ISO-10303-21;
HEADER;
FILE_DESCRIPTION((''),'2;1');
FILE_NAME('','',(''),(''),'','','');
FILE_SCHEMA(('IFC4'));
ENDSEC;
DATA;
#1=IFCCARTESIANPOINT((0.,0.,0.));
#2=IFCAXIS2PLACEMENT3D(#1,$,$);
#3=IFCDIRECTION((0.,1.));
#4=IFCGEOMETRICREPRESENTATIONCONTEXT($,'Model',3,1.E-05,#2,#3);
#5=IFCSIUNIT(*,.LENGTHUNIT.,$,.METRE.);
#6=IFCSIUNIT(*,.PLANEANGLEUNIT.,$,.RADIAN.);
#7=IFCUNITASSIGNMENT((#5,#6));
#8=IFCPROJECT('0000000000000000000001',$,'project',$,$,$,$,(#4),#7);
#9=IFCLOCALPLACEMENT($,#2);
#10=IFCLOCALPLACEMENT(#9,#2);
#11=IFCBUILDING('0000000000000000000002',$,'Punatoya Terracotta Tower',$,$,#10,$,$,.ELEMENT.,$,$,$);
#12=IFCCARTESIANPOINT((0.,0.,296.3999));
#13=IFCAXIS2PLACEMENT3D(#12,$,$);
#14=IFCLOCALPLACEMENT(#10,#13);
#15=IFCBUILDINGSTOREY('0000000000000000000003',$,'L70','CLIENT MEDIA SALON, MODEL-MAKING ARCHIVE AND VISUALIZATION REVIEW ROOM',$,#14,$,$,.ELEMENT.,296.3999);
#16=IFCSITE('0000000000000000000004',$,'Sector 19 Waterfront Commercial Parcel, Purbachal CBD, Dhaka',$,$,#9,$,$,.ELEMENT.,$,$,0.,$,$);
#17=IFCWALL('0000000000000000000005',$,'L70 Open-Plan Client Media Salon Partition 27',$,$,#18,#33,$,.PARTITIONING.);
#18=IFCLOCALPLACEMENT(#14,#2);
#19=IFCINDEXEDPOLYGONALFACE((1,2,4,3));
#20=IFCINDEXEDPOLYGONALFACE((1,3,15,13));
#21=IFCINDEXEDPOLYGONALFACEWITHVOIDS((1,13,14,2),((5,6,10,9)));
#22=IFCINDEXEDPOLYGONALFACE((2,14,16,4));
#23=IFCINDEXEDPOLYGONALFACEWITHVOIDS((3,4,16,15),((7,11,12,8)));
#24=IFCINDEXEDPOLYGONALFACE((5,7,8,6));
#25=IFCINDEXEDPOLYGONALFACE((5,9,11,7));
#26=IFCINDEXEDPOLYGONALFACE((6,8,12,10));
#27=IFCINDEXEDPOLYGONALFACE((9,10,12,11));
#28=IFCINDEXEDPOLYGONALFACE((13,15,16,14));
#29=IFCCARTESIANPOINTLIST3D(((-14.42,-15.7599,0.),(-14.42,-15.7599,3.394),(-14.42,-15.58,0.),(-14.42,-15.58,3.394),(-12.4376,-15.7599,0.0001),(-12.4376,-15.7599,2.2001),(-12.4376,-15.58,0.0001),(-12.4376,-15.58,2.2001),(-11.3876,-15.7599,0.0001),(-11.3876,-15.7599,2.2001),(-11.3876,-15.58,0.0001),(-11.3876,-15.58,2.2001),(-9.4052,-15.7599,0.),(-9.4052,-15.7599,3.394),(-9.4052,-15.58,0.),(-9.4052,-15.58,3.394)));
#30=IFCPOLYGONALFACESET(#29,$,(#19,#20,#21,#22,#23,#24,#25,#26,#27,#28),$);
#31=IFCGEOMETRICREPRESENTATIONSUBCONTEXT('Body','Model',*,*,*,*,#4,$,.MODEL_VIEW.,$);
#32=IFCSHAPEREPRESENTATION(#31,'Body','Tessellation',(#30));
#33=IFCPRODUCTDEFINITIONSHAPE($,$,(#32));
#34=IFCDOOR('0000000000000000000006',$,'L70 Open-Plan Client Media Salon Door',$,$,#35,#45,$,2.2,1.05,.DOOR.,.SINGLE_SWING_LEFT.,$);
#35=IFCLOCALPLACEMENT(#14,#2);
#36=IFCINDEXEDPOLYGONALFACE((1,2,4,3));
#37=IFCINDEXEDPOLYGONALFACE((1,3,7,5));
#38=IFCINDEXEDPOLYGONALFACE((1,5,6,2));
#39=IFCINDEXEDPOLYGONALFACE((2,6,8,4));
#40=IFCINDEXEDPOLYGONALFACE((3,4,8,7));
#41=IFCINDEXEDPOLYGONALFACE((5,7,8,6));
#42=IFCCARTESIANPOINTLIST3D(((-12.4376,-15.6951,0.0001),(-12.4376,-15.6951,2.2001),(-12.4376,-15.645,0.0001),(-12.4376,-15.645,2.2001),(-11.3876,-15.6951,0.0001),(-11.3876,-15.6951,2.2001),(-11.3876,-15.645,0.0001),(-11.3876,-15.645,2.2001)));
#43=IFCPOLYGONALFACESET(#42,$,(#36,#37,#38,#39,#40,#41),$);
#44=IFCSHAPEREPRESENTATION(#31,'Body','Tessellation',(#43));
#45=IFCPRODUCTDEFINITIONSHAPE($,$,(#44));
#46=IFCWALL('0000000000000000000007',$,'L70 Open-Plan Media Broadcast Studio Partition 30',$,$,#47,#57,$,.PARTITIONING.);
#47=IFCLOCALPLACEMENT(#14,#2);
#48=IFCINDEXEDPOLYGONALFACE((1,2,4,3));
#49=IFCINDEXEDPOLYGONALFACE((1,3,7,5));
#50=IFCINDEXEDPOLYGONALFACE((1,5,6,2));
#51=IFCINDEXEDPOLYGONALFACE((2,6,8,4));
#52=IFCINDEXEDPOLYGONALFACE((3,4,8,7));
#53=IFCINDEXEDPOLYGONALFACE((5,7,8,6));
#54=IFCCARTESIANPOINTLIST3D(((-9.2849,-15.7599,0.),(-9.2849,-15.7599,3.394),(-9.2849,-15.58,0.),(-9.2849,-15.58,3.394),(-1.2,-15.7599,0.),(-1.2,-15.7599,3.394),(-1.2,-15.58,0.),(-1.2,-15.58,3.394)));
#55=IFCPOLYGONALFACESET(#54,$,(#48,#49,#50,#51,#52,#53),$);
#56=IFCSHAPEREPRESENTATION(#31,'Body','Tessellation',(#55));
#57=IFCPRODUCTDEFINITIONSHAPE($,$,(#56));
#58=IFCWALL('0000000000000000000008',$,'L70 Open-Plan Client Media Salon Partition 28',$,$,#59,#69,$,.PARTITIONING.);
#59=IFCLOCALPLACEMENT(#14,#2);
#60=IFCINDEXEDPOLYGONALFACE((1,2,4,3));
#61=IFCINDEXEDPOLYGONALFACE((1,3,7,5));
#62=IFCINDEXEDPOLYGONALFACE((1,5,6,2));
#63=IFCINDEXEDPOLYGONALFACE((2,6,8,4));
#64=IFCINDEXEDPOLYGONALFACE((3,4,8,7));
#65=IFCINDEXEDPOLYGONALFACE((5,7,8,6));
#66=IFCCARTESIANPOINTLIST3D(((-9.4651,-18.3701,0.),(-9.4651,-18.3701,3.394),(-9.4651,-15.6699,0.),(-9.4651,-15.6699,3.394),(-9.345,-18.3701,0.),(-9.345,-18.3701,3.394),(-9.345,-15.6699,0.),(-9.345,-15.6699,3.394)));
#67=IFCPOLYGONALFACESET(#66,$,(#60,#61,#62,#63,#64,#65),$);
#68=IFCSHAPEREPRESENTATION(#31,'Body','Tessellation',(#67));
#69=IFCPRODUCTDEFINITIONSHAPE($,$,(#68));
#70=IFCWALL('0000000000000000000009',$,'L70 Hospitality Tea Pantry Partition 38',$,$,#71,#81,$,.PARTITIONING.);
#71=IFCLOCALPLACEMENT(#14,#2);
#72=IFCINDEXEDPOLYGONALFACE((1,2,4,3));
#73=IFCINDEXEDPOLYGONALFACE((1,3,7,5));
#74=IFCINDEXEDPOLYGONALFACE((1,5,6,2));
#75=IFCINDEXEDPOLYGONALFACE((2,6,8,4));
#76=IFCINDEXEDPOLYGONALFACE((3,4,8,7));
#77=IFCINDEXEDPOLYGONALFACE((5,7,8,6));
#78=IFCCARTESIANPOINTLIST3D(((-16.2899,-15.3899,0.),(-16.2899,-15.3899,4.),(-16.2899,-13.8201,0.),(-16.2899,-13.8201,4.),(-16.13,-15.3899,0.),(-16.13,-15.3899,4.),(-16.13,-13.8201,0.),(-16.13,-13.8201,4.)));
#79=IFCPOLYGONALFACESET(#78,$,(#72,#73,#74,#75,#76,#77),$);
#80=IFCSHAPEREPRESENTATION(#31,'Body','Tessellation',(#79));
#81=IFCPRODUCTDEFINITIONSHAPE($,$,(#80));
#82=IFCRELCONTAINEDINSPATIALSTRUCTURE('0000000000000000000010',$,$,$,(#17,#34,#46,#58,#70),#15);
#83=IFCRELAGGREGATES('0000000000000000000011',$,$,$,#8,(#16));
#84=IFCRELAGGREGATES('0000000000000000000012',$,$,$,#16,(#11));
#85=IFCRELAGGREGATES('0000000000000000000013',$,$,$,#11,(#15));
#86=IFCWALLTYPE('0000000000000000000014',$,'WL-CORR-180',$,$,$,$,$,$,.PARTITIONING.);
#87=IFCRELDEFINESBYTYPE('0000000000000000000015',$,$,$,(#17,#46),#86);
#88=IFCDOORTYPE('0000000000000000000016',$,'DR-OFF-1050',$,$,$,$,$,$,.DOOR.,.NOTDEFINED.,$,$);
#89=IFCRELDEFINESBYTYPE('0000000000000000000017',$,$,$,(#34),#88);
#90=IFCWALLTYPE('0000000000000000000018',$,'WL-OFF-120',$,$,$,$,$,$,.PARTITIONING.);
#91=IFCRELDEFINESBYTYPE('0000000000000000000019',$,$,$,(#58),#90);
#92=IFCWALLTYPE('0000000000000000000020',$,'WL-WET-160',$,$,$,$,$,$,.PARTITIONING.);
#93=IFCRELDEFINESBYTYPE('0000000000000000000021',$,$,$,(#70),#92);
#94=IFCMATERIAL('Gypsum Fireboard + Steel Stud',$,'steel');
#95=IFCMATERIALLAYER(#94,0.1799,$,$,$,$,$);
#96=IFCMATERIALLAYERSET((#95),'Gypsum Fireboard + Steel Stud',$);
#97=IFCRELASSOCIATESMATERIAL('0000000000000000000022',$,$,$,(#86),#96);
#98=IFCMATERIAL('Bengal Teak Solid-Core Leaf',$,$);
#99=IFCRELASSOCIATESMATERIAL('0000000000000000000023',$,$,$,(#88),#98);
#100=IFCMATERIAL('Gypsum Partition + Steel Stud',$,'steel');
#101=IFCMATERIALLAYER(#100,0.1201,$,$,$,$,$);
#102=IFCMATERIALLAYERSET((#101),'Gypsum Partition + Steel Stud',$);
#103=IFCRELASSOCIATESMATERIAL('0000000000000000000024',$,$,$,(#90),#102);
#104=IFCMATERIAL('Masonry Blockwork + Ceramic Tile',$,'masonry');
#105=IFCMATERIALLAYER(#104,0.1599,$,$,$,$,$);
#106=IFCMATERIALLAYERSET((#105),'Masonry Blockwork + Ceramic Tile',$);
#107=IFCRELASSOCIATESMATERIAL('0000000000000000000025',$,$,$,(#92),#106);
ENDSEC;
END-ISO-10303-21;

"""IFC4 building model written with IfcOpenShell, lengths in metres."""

from ifc_helpers import new_model, si_unit, direction, frame, frame_2d, origin, place, context, subcontext, project, spatial, rectangle, extrude, material, layer, layer_set, type_object, element, fill, save


model = new_model("IFC4")

# Units and contexts
model_context = context("Model", 3, precision=1e-05, world=origin(), true_north=direction((0.0, 1.0)))
body_context = subcontext(model_context, "Body", "Model", "MODEL_VIEW")
ifc_project = project(units=[si_unit("LENGTHUNIT", "METRE"), si_unit("PLANEANGLEUNIT", "RADIAN")], contexts=[model_context])

# Site, building, storey
site_placement = place(None, origin())
site = spatial("IfcSite", under=ifc_project, at=site_placement, Name="Sector 19 Waterfront Commercial Parcel, Purbachal CBD, Dhaka", CompositionType="ELEMENT", RefElevation=0.0)
building_placement = place(site_placement, origin())
building = spatial("IfcBuilding", under=site, at=building_placement, Name="Punatoya Terracotta Tower", CompositionType="ELEMENT")
storey_placement = place(building_placement, frame((0.0, 0.0, 296.3999)))
storey = spatial("IfcBuildingStorey", under=building, at=storey_placement, Name="L70", Description="CLIENT MEDIA SALON, MODEL-MAKING ARCHIVE AND VISUALIZATION REVIEW ROOM", CompositionType="ELEMENT", Elevation=296.3999)

# Wall, opening, door
ifc_material_1 = material(Name="Gypsum Fireboard + Steel Stud", Category="steel")
ifc_layer_1 = layer(ifc_material_1, 0.1799)
ifc_layer_set_1 = layer_set([ifc_layer_1], Name="Gypsum Fireboard + Steel Stud")
wall_type_1 = type_object("IfcWallType", Name="WL-CORR-180", PredefinedType="PARTITIONING", material=ifc_layer_set_1)
wall_1_placement = place(storey_placement, frame((-14.4199, -15.6699, 0.0), z_axis=(0.0, 0.0, 1.0), x_axis=(1.0, 0.0, 0.0)))
wall_1 = element("IfcWall", 1, at=wall_1_placement, inside=storey, type_object=wall_type_1, Name="L70 Open-Plan Client Media Salon Partition 27", PredefinedType="PARTITIONING", context=body_context, shape_type="SweptSolid", body=[
    extrude(rectangle(XDim=5.0149, YDim=0.1799, at=frame_2d((2.5073, 0.0))), origin(), (0.0, 0.0, 1.0), 3.394),
])
opening_placement = place(wall_1_placement, frame((1.9824, 0.0, 0.0)))
opening = element("IfcOpeningElement", 2, at=opening_placement, cuts=wall_1, PredefinedType="OPENING", context=body_context, shape_type="SweptSolid", body=[
    extrude(rectangle(XDim=1.05, YDim=2.2, at=frame_2d((0.5249, 1.1001))), frame((0.0, 0.0999, 0.0), z_axis=(0.0, -1.0, 0.0), x_axis=(1.0, 0.0, 0.0)), (0.0, 0.0, 1.0), 0.2),
])
ifc_material_2 = material(Name="Bengal Teak Solid-Core Leaf")
door_type = type_object("IfcDoorType", Name="DR-OFF-1050", OperationType="NOTDEFINED", PredefinedType="DOOR", material=ifc_material_2)
door_placement = place(opening_placement, origin())
door = element("IfcDoor", 3, at=door_placement, inside=storey, type_object=door_type, Name="L70 Open-Plan Client Media Salon Door", OperationType="SINGLE_SWING_LEFT", OverallHeight=2.2, OverallWidth=1.05, PredefinedType="DOOR", context=body_context, shape_type="SweptSolid", body=[
    extrude(rectangle(XDim=1.05, YDim=2.2, at=frame_2d((0.5249, 1.1001))), frame((0.0, 0.0249, 0.0), z_axis=(0.0, -1.0, 0.0), x_axis=(1.0, 0.0, 0.0)), (0.0, 0.0, 1.0), 0.05),
])
fill(opening, door)

# Walls
wall_2_placement = place(storey_placement, frame((-9.2849, -15.6699, 0.0), z_axis=(0.0, 0.0, 1.0), x_axis=(1.0, 0.0, 0.0)))
element("IfcWall", 4, at=wall_2_placement, inside=storey, type_object=wall_type_1, Name="L70 Open-Plan Media Broadcast Studio Partition 30", PredefinedType="PARTITIONING", context=body_context, shape_type="SweptSolid", body=[
    extrude(rectangle(XDim=8.085, YDim=0.1799, at=frame_2d((4.0425, 0.0))), origin(), (0.0, 0.0, 1.0), 3.394),
])
ifc_material_3 = material(Name="Gypsum Partition + Steel Stud", Category="steel")
ifc_layer_2 = layer(ifc_material_3, 0.1201)
ifc_layer_set_2 = layer_set([ifc_layer_2], Name="Gypsum Partition + Steel Stud")
wall_type_2 = type_object("IfcWallType", Name="WL-OFF-120", PredefinedType="PARTITIONING", material=ifc_layer_set_2)
wall_3_placement = place(storey_placement, frame((-9.405, -15.6699, 0.0), z_axis=(0.0, 0.0, 1.0), x_axis=(0.0, -1.0, 0.0)))
element("IfcWall", 5, at=wall_3_placement, inside=storey, type_object=wall_type_2, Name="L70 Open-Plan Client Media Salon Partition 28", PredefinedType="PARTITIONING", context=body_context, shape_type="SweptSolid", body=[
    extrude(rectangle(XDim=2.7002, YDim=0.1201, at=frame_2d((1.3501, 0.0))), origin(), (0.0, 0.0, 1.0), 3.394),
])
ifc_material_4 = material(Name="Masonry Blockwork + Ceramic Tile", Category="masonry")
ifc_layer_3 = layer(ifc_material_4, 0.1599)
ifc_layer_set_3 = layer_set([ifc_layer_3], Name="Masonry Blockwork + Ceramic Tile")
wall_type_3 = type_object("IfcWallType", Name="WL-WET-160", PredefinedType="PARTITIONING", material=ifc_layer_set_3)
wall_4_placement = place(storey_placement, frame((-16.21, -13.8201, 0.0), z_axis=(0.0, 0.0, 1.0), x_axis=(0.0, -1.0, 0.0)))
element("IfcWall", 6, at=wall_4_placement, inside=storey, type_object=wall_type_3, Name="L70 Hospitality Tea Pantry Partition 38", PredefinedType="PARTITIONING", context=body_context, shape_type="SweptSolid", body=[
    extrude(rectangle(XDim=1.5698, YDim=0.1599, at=frame_2d((0.7849, 0.0))), origin(), (0.0, 0.0, 1.0), 4.0),
])

save(model, "model.ifc")
